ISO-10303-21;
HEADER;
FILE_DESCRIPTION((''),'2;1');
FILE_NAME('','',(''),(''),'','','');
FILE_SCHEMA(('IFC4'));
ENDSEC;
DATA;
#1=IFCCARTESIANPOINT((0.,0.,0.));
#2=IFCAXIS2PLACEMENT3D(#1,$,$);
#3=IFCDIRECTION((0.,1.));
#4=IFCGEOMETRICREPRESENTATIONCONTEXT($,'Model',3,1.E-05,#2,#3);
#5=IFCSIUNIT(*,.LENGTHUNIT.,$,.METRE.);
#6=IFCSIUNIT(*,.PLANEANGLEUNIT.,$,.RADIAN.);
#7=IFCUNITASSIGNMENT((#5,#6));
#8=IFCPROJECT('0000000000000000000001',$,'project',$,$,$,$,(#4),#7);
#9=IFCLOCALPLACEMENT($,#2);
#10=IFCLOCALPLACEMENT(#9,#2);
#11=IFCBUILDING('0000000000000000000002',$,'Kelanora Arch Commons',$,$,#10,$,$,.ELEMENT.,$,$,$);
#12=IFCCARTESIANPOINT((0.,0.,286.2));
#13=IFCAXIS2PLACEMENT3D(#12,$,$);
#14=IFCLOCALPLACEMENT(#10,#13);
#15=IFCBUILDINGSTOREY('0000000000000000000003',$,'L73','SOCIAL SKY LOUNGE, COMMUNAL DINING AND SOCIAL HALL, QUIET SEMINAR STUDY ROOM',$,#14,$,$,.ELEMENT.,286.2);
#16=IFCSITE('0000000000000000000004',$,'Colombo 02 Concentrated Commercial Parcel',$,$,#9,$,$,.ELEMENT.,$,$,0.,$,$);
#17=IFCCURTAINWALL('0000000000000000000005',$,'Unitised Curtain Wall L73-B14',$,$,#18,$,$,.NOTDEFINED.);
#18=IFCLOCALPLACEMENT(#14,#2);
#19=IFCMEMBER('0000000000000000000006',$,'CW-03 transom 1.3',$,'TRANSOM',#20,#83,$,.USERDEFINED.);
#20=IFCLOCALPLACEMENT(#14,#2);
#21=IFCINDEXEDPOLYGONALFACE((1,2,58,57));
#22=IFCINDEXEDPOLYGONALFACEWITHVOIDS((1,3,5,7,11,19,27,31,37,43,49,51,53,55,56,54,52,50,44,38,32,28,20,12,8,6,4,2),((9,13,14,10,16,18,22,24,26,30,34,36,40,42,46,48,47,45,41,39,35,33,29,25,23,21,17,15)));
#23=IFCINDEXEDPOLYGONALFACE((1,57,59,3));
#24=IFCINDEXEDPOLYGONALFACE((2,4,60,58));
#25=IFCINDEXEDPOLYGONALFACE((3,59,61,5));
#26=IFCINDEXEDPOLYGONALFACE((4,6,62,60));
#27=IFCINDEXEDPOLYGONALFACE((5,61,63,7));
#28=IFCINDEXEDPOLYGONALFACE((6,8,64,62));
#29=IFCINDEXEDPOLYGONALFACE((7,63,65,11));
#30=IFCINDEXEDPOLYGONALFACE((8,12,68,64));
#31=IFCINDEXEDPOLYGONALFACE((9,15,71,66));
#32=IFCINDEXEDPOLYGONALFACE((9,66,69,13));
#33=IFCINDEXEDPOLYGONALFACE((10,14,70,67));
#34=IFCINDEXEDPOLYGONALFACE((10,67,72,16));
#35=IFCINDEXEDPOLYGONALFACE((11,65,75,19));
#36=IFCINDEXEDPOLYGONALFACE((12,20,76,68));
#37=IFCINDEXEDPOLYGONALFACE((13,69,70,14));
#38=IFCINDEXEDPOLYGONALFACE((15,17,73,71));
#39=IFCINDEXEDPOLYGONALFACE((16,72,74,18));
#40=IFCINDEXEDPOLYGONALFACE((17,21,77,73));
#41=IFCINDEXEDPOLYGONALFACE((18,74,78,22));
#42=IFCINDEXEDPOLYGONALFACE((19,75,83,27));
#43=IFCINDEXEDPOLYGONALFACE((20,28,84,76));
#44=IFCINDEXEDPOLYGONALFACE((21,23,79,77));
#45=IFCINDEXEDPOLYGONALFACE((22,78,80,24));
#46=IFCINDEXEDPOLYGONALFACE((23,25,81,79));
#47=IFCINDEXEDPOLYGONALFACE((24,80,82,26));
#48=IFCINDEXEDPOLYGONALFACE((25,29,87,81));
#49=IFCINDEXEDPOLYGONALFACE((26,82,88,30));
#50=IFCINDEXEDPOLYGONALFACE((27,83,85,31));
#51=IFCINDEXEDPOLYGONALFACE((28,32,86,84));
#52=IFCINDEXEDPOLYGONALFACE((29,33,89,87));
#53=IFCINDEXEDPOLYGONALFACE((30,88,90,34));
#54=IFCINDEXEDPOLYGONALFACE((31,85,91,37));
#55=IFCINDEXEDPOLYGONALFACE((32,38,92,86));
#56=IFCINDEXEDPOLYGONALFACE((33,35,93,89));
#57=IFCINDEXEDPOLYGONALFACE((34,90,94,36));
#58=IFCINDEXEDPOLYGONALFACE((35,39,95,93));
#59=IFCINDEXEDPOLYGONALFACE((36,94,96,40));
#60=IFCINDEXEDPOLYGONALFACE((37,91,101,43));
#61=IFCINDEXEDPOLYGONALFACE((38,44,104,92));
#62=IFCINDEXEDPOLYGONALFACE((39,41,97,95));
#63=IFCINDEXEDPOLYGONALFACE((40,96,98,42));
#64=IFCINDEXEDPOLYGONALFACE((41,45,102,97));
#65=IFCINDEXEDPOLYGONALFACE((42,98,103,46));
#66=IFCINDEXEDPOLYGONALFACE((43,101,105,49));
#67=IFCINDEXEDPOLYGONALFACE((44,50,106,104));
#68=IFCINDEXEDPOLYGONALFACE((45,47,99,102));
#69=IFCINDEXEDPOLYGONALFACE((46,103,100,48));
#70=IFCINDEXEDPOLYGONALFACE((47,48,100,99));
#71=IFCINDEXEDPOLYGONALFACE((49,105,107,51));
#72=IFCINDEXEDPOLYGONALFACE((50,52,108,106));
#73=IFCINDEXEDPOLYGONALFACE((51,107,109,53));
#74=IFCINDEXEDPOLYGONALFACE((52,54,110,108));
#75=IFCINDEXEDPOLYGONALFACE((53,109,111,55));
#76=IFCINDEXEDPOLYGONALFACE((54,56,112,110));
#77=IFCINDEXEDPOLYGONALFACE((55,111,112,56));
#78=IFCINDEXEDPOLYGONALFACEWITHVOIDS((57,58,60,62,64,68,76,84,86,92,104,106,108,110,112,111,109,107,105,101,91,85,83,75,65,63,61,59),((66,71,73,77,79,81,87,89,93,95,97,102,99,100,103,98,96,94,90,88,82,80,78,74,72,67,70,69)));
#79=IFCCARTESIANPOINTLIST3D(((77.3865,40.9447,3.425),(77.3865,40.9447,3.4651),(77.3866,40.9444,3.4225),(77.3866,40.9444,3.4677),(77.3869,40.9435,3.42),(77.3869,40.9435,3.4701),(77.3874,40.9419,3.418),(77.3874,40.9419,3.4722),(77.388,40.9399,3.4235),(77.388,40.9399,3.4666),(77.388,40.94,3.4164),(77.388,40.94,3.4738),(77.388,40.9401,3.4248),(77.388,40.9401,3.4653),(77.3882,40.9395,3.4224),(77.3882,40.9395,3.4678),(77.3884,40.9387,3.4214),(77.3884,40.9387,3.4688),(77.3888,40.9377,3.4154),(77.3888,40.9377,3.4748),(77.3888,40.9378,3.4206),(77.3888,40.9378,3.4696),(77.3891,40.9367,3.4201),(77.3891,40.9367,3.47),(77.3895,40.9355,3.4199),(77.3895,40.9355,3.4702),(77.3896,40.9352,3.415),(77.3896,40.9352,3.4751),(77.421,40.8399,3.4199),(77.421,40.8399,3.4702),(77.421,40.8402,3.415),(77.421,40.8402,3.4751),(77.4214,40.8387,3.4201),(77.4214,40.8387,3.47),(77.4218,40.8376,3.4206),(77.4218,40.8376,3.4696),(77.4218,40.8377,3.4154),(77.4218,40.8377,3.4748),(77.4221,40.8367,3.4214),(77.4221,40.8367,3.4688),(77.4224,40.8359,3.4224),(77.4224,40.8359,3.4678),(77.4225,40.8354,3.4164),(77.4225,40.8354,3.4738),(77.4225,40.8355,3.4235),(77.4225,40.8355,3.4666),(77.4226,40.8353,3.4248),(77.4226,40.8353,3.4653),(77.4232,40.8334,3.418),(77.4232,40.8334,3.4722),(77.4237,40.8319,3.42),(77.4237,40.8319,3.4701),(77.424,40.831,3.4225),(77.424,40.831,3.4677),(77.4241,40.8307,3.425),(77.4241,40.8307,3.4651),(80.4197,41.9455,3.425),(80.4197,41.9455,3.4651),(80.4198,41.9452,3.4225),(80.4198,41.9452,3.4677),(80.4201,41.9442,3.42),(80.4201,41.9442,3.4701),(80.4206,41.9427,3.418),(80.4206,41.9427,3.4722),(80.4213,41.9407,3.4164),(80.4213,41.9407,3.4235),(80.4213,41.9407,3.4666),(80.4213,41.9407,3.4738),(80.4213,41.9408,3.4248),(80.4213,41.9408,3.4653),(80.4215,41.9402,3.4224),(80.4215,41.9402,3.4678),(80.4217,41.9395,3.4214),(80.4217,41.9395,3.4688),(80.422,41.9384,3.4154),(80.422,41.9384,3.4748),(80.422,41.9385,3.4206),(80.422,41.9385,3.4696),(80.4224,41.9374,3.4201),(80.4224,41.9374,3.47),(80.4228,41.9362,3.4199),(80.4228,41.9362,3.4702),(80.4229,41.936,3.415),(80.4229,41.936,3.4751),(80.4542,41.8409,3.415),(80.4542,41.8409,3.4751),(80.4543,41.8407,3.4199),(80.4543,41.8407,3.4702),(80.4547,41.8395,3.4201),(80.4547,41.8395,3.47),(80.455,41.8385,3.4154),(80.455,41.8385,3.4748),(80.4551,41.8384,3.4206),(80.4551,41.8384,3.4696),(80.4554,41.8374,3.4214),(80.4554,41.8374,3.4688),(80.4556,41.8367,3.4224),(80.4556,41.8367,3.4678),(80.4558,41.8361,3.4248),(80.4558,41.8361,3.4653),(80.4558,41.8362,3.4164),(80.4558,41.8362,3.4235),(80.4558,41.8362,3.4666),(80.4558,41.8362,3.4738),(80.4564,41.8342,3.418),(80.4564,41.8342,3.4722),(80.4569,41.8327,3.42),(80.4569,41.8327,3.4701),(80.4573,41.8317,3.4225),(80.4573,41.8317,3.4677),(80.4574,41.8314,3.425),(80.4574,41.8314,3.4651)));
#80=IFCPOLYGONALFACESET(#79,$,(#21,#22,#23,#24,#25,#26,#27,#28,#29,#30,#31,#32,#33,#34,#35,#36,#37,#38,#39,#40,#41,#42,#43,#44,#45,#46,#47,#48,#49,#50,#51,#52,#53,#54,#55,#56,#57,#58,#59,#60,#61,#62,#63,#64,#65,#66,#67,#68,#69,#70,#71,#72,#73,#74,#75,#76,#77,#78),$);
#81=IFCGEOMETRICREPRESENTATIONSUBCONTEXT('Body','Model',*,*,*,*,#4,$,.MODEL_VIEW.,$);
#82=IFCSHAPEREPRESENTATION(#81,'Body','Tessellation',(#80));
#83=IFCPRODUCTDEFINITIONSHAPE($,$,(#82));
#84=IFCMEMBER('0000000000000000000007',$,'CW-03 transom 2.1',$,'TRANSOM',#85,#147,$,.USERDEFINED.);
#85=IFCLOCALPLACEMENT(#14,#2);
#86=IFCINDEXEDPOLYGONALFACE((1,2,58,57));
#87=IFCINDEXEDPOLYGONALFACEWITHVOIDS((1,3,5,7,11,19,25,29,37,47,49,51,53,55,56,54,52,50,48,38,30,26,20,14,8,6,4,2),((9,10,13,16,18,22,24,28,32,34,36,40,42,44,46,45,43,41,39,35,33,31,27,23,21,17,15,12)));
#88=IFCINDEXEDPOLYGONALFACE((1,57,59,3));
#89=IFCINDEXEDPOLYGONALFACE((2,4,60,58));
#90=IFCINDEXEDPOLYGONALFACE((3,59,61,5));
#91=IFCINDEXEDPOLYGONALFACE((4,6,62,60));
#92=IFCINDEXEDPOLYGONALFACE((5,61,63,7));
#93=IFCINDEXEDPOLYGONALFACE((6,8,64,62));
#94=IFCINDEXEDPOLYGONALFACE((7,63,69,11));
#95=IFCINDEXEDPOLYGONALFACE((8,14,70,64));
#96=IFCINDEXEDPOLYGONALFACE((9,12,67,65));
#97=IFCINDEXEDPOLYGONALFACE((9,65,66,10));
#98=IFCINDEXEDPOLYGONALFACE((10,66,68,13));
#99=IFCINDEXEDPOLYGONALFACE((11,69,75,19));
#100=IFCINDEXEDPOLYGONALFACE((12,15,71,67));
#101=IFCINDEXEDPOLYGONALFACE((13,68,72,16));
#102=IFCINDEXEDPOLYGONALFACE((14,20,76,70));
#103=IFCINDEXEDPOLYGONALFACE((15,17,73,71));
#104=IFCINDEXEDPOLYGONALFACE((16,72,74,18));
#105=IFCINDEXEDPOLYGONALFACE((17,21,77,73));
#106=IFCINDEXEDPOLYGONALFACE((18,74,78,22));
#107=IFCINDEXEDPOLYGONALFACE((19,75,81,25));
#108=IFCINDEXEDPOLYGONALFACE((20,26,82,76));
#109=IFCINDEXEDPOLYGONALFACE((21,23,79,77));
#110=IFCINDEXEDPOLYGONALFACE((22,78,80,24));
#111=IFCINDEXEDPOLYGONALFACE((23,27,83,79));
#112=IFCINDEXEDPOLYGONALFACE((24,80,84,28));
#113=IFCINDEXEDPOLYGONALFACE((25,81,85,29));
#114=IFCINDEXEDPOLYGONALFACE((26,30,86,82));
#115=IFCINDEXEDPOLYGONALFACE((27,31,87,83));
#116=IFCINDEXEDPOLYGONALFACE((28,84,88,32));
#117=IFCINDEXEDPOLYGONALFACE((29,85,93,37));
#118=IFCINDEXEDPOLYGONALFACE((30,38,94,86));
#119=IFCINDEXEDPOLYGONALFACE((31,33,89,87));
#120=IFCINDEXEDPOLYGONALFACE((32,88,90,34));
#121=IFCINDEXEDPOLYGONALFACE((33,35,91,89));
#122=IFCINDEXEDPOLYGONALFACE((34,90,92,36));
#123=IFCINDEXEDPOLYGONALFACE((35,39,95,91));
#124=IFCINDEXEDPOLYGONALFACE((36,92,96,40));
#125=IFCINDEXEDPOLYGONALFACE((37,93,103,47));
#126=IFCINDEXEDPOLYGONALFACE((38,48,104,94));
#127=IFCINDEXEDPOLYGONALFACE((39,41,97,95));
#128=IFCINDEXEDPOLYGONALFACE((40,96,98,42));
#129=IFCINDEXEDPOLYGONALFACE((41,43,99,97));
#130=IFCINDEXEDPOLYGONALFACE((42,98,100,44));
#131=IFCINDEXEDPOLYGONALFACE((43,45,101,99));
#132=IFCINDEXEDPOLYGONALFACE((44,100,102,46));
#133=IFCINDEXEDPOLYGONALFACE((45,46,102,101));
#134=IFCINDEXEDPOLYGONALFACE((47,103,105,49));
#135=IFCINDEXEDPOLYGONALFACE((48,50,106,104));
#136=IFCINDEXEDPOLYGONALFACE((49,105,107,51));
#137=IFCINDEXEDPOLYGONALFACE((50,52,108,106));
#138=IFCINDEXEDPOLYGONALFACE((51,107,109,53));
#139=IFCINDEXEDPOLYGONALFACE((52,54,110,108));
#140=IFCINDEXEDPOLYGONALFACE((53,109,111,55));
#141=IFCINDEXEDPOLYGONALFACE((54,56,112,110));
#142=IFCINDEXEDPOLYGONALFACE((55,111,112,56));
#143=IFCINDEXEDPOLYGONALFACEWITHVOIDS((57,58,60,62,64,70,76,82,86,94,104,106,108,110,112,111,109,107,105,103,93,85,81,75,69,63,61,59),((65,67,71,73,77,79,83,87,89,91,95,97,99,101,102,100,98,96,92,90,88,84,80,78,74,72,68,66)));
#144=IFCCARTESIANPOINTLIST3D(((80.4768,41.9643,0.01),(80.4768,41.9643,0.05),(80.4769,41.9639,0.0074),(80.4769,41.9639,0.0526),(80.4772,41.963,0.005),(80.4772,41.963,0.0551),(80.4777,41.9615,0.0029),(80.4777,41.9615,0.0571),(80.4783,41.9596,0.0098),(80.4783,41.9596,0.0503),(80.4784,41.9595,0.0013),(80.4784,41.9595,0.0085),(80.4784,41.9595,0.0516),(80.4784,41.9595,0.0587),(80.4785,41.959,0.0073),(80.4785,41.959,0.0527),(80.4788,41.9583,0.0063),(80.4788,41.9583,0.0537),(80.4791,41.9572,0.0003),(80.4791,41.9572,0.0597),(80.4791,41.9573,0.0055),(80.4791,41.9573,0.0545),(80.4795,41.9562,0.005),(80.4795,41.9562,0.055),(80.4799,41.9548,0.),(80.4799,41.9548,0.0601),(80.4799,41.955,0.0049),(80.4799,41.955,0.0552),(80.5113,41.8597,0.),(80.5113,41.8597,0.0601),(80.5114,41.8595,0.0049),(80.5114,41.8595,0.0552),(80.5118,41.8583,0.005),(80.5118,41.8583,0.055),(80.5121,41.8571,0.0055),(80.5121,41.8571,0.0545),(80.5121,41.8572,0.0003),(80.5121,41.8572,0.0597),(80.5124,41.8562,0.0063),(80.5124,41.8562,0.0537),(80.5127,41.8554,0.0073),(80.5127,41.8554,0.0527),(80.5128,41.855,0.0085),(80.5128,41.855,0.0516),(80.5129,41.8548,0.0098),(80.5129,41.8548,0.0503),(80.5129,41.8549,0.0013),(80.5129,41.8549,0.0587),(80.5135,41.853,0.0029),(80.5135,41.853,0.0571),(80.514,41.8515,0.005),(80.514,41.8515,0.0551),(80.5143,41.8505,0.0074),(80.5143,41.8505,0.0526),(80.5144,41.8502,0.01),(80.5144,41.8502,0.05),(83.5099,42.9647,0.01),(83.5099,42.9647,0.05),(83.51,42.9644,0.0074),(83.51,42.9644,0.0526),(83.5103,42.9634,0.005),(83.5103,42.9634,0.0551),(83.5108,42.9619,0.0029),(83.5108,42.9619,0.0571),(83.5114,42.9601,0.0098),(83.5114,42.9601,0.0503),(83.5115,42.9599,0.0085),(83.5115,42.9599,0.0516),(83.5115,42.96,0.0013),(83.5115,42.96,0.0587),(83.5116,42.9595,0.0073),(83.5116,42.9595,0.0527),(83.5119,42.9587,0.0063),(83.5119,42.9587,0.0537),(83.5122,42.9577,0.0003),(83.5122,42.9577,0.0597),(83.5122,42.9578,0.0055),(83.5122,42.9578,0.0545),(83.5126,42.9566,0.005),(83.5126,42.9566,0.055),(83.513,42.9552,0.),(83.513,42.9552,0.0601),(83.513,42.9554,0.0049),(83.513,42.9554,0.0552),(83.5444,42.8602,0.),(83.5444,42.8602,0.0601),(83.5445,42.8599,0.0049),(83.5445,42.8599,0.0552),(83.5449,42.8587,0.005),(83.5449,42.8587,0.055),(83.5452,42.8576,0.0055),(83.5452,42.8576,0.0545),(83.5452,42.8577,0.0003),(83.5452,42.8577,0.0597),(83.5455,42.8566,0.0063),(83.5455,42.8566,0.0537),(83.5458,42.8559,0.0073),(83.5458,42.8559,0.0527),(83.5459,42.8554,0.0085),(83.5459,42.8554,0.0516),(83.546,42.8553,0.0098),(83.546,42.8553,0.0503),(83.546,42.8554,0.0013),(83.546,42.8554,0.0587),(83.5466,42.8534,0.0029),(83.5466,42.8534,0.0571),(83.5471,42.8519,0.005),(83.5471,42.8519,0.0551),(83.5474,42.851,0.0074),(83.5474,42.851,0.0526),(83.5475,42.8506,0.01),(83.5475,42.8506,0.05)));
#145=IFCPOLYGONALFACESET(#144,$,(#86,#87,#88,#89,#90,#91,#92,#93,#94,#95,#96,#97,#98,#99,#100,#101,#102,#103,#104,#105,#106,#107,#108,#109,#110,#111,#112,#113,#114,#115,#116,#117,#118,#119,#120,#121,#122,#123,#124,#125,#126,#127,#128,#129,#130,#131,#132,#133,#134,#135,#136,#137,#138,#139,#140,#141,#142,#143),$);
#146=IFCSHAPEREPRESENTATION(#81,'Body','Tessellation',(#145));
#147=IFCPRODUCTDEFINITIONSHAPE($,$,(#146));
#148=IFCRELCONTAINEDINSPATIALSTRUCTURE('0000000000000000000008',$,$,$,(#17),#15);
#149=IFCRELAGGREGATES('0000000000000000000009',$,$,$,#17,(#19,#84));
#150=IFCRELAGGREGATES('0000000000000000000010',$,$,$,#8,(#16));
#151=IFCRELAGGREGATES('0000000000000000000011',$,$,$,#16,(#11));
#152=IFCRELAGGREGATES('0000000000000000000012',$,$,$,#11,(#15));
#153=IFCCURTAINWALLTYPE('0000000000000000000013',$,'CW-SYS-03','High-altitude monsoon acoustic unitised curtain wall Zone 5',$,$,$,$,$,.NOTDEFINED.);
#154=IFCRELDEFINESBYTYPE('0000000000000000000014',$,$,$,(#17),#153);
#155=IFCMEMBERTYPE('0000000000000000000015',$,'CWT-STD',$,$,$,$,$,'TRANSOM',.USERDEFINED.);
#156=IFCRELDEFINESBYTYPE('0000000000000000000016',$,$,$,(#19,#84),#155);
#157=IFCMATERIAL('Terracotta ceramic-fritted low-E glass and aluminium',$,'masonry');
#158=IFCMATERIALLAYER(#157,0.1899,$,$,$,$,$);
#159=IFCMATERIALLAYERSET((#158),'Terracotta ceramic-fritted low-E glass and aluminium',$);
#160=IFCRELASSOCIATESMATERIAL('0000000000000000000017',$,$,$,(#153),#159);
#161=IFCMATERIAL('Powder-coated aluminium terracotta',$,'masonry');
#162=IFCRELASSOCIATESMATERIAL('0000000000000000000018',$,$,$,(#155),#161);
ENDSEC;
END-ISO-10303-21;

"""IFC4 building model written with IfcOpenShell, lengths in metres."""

from ifc_helpers import new_model, si_unit, direction, frame, origin, origin_2d, place, context, subcontext, project, spatial, hollow_rectangle, extrude, material, layer, layer_set, material_profile, profile_set, type_object, element, aggregate, save


model = new_model("IFC4")

# Units and contexts
model_context = context("Model", 3, precision=1e-05, world=origin(), true_north=direction((0.0, 1.0)))
body_context = subcontext(model_context, "Body", "Model", "MODEL_VIEW")
ifc_project = project(units=[si_unit("LENGTHUNIT", "METRE"), si_unit("PLANEANGLEUNIT", "RADIAN")], contexts=[model_context])

# Site, building, storey
site_placement = place(None, origin())
site = spatial("IfcSite", under=ifc_project, at=site_placement, Name="Colombo 02 Concentrated Commercial Parcel", CompositionType="ELEMENT", RefElevation=0.0)
building_placement = place(site_placement, origin())
building = spatial("IfcBuilding", under=site, at=building_placement, Name="Kelanora Arch Commons", CompositionType="ELEMENT")
storey_placement = place(building_placement, frame((0.0, 0.0, 286.2)))
storey = spatial("IfcBuildingStorey", under=building, at=storey_placement, Name="L73", Description="SOCIAL SKY LOUNGE, COMMUNAL DINING AND SOCIAL HALL, QUIET SEMINAR STUDY ROOM", CompositionType="ELEMENT", Elevation=286.2)

# Curtain wall, members
ifc_material_1 = material(Name="Terracotta ceramic-fritted low-E glass and aluminium", Category="masonry")
ifc_layer_1 = layer(ifc_material_1, 0.1899)
ifc_layer_set_1 = layer_set([ifc_layer_1], Name="Terracotta ceramic-fritted low-E glass and aluminium")
curtain_wall_type = type_object("IfcCurtainWallType", Name="CW-SYS-03", Description="High-altitude monsoon acoustic unitised curtain wall Zone 5", PredefinedType="NOTDEFINED", material=ifc_layer_set_1)
curtain_wall_placement = place(storey_placement, origin())
curtain_wall = element("IfcCurtainWall", 1, at=curtain_wall_placement, inside=storey, type_object=curtain_wall_type, Name="Unitised Curtain Wall L73-B14", PredefinedType="NOTDEFINED")
ifc_material_2 = material(Name="Powder-coated aluminium terracotta", Category="masonry")
ifc_material_profile_1 = material_profile(ifc_material_2, hollow_rectangle(XDim=0.1201, YDim=0.0601, WallThickness=0.0049, InnerFilletRadius=0.0049, OuterFilletRadius=0.01, at=origin_2d()), Name="CWT120x60")
ifc_profile_set_1 = profile_set([ifc_material_profile_1], Name="Powder-coated aluminium terracotta")
member_type_1 = type_object("IfcMemberType", Name="CWT-STD", ElementType="TRANSOM", PredefinedType="USERDEFINED", material=ifc_profile_set_1)
member_1_placement = place(storey_placement, frame((77.4053, 40.8877, 3.4451), z_axis=(0.94965, 0.313314, 0.0), x_axis=(-0.313314, 0.94965, 0.0)))
member_1 = element("IfcMember", 2, at=member_1_placement, type_object=member_type_1, Name="CW-03 transom 1.3", ObjectType="TRANSOM", PredefinedType="USERDEFINED", context=body_context, shape_type="SweptSolid", body=[
    extrude(hollow_rectangle(XDim=0.1201, YDim=0.0601, WallThickness=0.0049, InnerFilletRadius=0.0049, OuterFilletRadius=0.01, at=origin_2d()), origin(), (0.0, 0.0, 1.0), 3.1941),
])
member_2_placement = place(storey_placement, frame((80.4956, 41.9072, 0.03), z_axis=(0.949672, 0.313245, 0.0), x_axis=(-0.313245, 0.949672, 0.0)))
member_2 = element("IfcMember", 3, at=member_2_placement, type_object=member_type_1, Name="CW-03 transom 2.1", ObjectType="TRANSOM", PredefinedType="USERDEFINED", context=body_context, shape_type="SweptSolid", body=[
    extrude(hollow_rectangle(XDim=0.1201, YDim=0.0601, WallThickness=0.0049, InnerFilletRadius=0.0049, OuterFilletRadius=0.01, at=origin_2d()), origin(), (0.0, 0.0, 1.0), 3.1938),
])
aggregate(curtain_wall, [member_1, member_2])

save(model, "model.ifc")
